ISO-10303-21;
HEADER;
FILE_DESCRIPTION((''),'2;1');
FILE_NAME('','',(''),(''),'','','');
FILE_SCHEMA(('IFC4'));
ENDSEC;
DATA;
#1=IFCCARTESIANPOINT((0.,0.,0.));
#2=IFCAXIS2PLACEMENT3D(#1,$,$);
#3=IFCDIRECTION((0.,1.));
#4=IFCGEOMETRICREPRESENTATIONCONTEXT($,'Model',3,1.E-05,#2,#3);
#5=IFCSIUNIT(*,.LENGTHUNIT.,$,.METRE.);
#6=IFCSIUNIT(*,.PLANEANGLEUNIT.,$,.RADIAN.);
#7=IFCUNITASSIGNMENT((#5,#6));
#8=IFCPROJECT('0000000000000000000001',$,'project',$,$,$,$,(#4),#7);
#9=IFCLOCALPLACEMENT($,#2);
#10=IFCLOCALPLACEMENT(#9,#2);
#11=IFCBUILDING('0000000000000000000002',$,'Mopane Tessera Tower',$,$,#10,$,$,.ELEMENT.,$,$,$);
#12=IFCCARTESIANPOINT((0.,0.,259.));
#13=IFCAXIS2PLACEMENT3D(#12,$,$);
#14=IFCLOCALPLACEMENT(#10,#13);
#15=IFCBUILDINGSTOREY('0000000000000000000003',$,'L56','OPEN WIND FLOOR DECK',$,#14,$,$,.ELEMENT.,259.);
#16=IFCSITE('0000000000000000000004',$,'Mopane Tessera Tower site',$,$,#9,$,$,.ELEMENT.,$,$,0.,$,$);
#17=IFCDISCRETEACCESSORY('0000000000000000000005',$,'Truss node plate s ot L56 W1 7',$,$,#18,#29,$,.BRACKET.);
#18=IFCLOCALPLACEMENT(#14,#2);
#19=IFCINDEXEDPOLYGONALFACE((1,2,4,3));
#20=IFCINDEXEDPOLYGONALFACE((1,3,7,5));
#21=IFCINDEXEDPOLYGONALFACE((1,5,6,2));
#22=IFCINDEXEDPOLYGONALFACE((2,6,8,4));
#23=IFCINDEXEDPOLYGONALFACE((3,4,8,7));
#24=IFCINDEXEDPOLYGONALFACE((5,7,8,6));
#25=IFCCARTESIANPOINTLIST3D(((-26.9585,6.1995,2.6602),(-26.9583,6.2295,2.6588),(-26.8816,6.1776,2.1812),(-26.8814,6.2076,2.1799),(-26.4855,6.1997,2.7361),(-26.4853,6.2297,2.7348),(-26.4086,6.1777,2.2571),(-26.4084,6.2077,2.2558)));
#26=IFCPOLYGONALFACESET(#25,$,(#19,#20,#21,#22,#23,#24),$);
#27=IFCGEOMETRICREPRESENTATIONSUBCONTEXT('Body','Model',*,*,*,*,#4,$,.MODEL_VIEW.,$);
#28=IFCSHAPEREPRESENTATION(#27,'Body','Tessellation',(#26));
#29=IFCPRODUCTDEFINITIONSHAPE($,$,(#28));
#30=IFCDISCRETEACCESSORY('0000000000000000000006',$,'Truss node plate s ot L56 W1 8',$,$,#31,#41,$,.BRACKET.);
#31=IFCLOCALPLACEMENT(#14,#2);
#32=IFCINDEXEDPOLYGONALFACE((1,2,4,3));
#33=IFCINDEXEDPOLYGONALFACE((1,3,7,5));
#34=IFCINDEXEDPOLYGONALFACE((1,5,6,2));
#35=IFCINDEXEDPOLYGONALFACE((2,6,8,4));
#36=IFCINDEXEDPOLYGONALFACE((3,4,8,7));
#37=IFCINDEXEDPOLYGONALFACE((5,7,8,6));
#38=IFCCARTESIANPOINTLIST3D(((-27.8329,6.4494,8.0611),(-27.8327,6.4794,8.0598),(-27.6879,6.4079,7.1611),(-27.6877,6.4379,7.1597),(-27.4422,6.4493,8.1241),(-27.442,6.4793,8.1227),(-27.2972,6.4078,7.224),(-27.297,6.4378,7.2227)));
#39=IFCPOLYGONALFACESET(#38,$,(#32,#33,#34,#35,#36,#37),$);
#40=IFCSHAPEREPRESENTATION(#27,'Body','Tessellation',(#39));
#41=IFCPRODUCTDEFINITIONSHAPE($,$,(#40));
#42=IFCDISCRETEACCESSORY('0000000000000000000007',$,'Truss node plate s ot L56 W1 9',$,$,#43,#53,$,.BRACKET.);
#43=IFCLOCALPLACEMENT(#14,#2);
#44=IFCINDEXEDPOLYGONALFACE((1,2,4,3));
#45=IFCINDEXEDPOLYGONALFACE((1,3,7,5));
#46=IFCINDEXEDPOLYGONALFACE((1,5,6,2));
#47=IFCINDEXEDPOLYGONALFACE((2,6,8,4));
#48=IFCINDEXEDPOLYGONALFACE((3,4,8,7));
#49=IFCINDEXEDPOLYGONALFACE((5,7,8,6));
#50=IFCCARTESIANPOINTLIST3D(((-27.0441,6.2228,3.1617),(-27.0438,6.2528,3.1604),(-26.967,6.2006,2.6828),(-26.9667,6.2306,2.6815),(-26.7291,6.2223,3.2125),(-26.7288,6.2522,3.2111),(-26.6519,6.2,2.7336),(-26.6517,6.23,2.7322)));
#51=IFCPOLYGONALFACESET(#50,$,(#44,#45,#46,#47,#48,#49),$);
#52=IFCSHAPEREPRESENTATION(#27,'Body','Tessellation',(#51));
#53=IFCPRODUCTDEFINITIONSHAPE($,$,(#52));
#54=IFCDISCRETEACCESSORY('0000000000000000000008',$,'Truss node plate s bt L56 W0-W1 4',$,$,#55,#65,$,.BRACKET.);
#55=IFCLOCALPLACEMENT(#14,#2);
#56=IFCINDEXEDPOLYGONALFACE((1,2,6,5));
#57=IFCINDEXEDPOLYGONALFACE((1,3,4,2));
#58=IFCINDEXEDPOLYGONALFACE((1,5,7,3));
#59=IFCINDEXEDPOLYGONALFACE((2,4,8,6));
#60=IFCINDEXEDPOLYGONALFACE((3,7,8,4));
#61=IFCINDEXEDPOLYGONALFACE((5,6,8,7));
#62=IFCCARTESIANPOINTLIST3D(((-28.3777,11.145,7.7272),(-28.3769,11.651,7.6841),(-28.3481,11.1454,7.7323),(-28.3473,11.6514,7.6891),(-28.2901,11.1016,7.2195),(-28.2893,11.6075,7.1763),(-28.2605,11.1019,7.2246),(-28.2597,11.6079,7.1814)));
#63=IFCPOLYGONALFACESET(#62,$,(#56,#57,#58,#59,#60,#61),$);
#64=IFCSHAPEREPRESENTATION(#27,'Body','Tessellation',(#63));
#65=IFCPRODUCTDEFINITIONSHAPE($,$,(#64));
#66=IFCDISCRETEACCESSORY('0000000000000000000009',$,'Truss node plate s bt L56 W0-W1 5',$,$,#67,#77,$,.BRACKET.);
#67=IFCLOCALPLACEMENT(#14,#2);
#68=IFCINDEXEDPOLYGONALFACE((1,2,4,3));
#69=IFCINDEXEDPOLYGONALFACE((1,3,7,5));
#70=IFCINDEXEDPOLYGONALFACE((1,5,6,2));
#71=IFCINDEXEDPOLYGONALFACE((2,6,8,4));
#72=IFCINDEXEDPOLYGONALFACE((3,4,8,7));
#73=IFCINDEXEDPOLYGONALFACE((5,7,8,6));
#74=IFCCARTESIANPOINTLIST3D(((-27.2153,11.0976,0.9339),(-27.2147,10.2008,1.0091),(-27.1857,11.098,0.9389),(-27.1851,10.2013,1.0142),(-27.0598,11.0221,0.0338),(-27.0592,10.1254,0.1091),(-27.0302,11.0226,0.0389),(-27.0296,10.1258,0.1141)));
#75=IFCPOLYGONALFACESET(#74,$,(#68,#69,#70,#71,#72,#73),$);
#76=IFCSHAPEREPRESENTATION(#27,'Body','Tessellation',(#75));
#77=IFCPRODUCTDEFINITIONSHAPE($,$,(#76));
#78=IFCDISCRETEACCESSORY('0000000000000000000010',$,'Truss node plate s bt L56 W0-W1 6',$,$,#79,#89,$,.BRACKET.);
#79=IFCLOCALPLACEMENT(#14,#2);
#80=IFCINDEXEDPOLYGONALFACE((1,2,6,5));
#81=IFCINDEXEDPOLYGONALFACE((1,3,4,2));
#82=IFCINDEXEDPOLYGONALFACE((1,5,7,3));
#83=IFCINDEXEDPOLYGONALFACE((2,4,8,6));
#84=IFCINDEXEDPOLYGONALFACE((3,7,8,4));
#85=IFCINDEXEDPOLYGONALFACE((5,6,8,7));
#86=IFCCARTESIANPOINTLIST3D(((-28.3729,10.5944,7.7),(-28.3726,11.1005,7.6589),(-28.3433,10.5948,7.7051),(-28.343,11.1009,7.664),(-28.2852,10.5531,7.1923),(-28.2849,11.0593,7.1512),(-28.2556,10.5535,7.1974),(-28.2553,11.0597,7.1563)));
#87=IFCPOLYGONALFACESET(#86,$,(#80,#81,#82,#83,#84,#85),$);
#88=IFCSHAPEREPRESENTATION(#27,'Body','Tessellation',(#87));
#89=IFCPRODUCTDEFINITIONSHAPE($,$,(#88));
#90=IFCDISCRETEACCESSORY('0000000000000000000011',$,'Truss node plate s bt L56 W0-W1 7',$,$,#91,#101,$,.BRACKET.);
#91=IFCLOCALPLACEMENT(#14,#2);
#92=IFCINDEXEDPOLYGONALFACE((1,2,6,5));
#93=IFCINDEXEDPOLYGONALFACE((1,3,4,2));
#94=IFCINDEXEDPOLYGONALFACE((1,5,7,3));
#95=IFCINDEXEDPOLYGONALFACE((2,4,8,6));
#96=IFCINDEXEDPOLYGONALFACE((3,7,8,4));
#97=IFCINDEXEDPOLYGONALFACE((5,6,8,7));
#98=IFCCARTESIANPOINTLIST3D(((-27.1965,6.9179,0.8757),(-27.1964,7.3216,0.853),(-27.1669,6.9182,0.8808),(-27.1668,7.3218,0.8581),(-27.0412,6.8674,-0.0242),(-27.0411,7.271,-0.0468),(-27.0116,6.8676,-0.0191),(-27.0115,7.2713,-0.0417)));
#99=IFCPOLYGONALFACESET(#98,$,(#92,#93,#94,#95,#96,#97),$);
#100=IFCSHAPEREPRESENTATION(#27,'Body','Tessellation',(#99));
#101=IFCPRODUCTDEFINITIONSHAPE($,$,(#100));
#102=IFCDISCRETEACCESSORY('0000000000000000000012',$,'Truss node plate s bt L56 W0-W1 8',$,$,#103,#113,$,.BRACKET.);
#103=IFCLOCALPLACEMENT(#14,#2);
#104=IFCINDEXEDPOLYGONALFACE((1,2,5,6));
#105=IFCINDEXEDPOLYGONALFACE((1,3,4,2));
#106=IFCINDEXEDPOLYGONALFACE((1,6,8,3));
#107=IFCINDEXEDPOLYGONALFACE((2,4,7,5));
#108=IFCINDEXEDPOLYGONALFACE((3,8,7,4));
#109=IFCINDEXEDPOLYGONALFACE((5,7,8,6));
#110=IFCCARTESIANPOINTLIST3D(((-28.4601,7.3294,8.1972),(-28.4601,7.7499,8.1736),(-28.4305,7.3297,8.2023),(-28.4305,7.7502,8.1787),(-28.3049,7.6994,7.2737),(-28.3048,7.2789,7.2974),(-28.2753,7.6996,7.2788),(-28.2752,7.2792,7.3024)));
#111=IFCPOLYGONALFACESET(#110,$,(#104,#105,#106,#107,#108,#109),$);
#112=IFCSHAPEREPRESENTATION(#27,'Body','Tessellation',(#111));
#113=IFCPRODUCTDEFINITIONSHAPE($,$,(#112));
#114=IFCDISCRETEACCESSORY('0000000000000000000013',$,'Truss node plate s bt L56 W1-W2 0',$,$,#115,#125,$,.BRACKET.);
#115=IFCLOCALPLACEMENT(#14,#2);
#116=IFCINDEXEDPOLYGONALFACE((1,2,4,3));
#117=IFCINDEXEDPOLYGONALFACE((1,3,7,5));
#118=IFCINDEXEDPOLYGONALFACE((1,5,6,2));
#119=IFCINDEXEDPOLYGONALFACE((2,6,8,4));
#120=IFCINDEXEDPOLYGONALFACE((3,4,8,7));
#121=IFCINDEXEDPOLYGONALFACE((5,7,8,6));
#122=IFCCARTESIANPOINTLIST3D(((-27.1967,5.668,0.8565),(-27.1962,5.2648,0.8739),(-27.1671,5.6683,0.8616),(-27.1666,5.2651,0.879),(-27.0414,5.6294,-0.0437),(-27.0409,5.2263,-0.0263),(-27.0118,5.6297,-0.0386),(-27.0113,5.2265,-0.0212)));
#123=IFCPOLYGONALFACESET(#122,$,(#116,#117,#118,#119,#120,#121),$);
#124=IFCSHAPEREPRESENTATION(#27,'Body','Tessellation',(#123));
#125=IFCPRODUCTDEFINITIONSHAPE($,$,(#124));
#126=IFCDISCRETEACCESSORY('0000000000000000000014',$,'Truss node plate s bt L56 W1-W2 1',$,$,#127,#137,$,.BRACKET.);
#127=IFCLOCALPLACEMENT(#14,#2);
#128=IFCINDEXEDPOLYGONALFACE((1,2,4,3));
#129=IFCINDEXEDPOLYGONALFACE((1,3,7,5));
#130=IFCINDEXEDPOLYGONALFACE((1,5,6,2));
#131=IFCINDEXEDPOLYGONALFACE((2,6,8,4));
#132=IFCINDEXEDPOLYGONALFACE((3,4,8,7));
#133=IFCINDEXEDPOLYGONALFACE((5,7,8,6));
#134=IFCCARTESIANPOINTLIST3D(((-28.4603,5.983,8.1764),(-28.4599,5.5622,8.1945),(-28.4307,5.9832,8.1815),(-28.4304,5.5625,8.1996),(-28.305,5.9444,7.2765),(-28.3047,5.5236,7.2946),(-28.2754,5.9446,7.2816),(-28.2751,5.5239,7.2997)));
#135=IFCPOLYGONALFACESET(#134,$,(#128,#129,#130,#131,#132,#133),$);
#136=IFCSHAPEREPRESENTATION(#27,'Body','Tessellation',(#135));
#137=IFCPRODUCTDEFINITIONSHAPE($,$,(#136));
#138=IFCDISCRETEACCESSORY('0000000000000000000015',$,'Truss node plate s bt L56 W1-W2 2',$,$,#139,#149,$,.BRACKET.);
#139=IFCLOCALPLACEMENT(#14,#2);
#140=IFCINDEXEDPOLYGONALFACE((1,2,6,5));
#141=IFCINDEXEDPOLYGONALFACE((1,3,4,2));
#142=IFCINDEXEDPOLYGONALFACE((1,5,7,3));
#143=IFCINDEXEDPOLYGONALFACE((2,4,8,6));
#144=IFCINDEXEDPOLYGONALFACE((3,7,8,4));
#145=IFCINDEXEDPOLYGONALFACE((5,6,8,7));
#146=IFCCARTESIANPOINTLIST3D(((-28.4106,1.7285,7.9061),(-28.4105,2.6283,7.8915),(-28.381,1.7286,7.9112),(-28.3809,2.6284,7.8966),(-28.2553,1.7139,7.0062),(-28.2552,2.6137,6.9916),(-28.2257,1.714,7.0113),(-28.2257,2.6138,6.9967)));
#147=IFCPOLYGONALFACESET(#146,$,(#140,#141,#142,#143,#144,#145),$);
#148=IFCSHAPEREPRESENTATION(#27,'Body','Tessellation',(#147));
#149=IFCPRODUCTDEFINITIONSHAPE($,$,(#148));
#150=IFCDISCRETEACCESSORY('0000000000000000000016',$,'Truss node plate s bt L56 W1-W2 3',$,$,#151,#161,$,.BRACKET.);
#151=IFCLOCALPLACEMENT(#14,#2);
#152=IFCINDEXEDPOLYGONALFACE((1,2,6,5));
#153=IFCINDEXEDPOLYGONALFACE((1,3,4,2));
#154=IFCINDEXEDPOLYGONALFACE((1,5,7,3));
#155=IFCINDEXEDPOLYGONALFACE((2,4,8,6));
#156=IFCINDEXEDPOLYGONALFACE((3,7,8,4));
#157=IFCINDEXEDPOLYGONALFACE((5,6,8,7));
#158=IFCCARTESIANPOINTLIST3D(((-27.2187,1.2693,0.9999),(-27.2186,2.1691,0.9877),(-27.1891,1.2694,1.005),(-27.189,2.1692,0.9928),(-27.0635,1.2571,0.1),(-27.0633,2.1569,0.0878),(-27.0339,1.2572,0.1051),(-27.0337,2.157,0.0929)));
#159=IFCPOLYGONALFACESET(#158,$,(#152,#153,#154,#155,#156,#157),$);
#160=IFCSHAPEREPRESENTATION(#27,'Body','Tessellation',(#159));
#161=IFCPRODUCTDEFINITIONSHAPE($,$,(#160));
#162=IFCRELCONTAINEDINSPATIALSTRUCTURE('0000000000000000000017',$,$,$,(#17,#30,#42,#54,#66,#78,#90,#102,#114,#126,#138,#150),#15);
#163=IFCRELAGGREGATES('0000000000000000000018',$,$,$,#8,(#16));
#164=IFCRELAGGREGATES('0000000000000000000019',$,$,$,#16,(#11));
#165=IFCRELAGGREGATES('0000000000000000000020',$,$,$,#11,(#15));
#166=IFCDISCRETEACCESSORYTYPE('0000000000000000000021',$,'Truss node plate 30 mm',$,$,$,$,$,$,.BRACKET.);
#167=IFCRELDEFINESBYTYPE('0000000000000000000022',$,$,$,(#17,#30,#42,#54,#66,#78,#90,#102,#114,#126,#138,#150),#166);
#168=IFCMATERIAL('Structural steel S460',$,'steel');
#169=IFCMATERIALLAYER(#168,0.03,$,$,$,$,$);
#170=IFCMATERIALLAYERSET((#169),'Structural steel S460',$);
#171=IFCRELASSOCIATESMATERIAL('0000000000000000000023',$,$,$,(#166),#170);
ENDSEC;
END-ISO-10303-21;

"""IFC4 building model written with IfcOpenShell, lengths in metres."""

from ifc_helpers import new_model, si_unit, direction, frame, origin, origin_2d, place, context, subcontext, project, spatial, rectangle, extrude, material, layer, layer_set, type_object, element, save


model = new_model("IFC4")

# Units and contexts
model_context = context("Model", 3, precision=1e-05, world=origin(), true_north=direction((0.0, 1.0)))
body_context = subcontext(model_context, "Body", "Model", "MODEL_VIEW")
ifc_project = project(units=[si_unit("LENGTHUNIT", "METRE"), si_unit("PLANEANGLEUNIT", "RADIAN")], contexts=[model_context])

# Site, building, storey
site_placement = place(None, origin())
site = spatial("IfcSite", under=ifc_project, at=site_placement, Name="Mopane Tessera Tower site", CompositionType="ELEMENT", RefElevation=0.0)
building_placement = place(site_placement, origin())
building = spatial("IfcBuilding", under=site, at=building_placement, Name="Mopane Tessera Tower", CompositionType="ELEMENT")
storey_placement = place(building_placement, frame((0.0, 0.0, 259.0)))
storey = spatial("IfcBuildingStorey", under=building, at=storey_placement, Name="L56", Description="OPEN WIND FLOOR DECK", CompositionType="ELEMENT", Elevation=259.0)

# Discrete accessories
ifc_material_1 = material(Name="Structural steel S460", Category="steel")
ifc_layer = layer(ifc_material_1, 0.03)
ifc_layer_set = layer_set([ifc_layer], Name="Structural steel S460")
discrete_accessory_type = type_object("IfcDiscreteAccessoryType", Name="Truss node plate 30 mm", PredefinedType="BRACKET", material=ifc_layer_set)
discrete_accessory_1_placement = place(storey_placement, frame((-26.645, 6.1926, 2.2185), z_axis=(-0.158358, 0.045245, 0.986345), x_axis=(-0.006936, -0.998976, 0.044711)))
element("IfcDiscreteAccessory", 1, at=discrete_accessory_1_placement, inside=storey, type_object=discrete_accessory_type, Name="Truss node plate s ot L56 W1 7", PredefinedType="BRACKET", context=body_context, shape_type="SweptSolid", body=[
    extrude(rectangle(XDim=0.03, YDim=0.479, at=origin_2d()), origin(), (0.0, 0.0, 1.0), 0.4856),
])
discrete_accessory_2_placement = place(storey_placement, frame((-27.4924, 6.4229, 7.1919), z_axis=(-0.158891, 0.045474, 0.986248), x_axis=(-0.007433, -0.998966, 0.044863)))
element("IfcDiscreteAccessory", 2, at=discrete_accessory_2_placement, inside=storey, type_object=discrete_accessory_type, Name="Truss node plate s ot L56 W1 8", PredefinedType="BRACKET", context=body_context, shape_type="SweptSolid", body=[
    extrude(rectangle(XDim=0.03, YDim=0.3958, at=origin_2d()), origin(), (0.0, 0.0, 1.0), 0.9126),
])
discrete_accessory_3_placement = place(storey_placement, frame((-26.8093, 6.2153, 2.7075), z_axis=(-0.158844, 0.045743, 0.986243), x_axis=(-0.009098, -0.998952, 0.044867)))
element("IfcDiscreteAccessory", 3, at=discrete_accessory_3_placement, inside=storey, type_object=discrete_accessory_type, Name="Truss node plate s ot L56 W1 9", PredefinedType="BRACKET", context=body_context, shape_type="SweptSolid", body=[
    extrude(rectangle(XDim=0.03, YDim=0.3191, at=origin_2d()), origin(), (0.0, 0.0, 1.0), 0.4856),
])
discrete_accessory_4_placement = place(storey_placement, frame((-28.2749, 11.3547, 7.2004), z_axis=(-0.16948, 0.084032, 0.981945), x_axis=(0.985532, 0.012877, 0.168997)))
element("IfcDiscreteAccessory", 4, at=discrete_accessory_4_placement, inside=storey, type_object=discrete_accessory_type, Name="Truss node plate s bt L56 W0-W1 4", PredefinedType="BRACKET", context=body_context, shape_type="SweptSolid", body=[
    extrude(rectangle(XDim=0.03, YDim=0.5078, at=origin_2d()), origin(), (0.0, 0.0, 1.0), 0.5171),
])
discrete_accessory_5_placement = place(storey_placement, frame((-27.0447, 10.574, 0.074), z_axis=(-0.169669, 0.082304, 0.982058), x_axis=(0.985501, 0.014849, 0.16902)))
element("IfcDiscreteAccessory", 5, at=discrete_accessory_5_placement, inside=storey, type_object=discrete_accessory_type, Name="Truss node plate s bt L56 W0-W1 5", PredefinedType="BRACKET", context=body_context, shape_type="SweptSolid", body=[
    extrude(rectangle(XDim=0.03, YDim=0.8999, at=origin_2d()), origin(), (0.0, 0.0, 1.0), 0.9165),
])
discrete_accessory_6_placement = place(storey_placement, frame((-28.2703, 10.8064, 7.1743), z_axis=(-0.169618, 0.079848, 0.98227), x_axis=(0.98551, 0.013224, 0.169102)))
element("IfcDiscreteAccessory", 6, at=discrete_accessory_6_placement, inside=storey, type_object=discrete_accessory_type, Name="Truss node plate s bt L56 W0-W1 6", PredefinedType="BRACKET", context=body_context, shape_type="SweptSolid", body=[
    extrude(rectangle(XDim=0.03, YDim=0.5078, at=origin_2d()), origin(), (0.0, 0.0, 1.0), 0.5168),
])
discrete_accessory_7_placement = place(storey_placement, frame((-27.0264, 7.0693, -0.033), z_axis=(-0.169772, 0.055256, 0.983933), x_axis=(0.985483, 0.00925, 0.169521)))
element("IfcDiscreteAccessory", 7, at=discrete_accessory_7_placement, inside=storey, type_object=discrete_accessory_type, Name="Truss node plate s bt L56 W0-W1 7", PredefinedType="BRACKET", context=body_context, shape_type="SweptSolid", body=[
    extrude(rectangle(XDim=0.03, YDim=0.4043, at=origin_2d()), origin(), (0.0, 0.0, 1.0), 0.9146),
])
discrete_accessory_8_placement = place(storey_placement, frame((-28.29, 7.4893, 7.2881), z_axis=(-0.169772, 0.055256, 0.983933), x_axis=(0.985483, 0.009605, 0.169501)))
element("IfcDiscreteAccessory", 8, at=discrete_accessory_8_placement, inside=storey, type_object=discrete_accessory_type, Name="Truss node plate s bt L56 W0-W1 8", PredefinedType="BRACKET", context=body_context, shape_type="SweptSolid", body=[
    extrude(rectangle(XDim=0.03, YDim=0.4211, at=origin_2d()), origin(), (0.0, 0.0, 1.0), 0.9146),
])
discrete_accessory_9_placement = place(storey_placement, frame((-27.0264, 5.428, -0.0325), z_axis=(-0.169836, 0.042192, 0.984569), x_axis=(0.985472, 0.008471, 0.169629)))
element("IfcDiscreteAccessory", 9, at=discrete_accessory_9_placement, inside=storey, type_object=discrete_accessory_type, Name="Truss node plate s bt L56 W1-W2 0", PredefinedType="BRACKET", context=body_context, shape_type="SweptSolid", body=[
    extrude(rectangle(XDim=0.03, YDim=0.4036, at=origin_2d()), origin(), (0.0, 0.0, 1.0), 0.9143),
])
discrete_accessory_10_placement = place(storey_placement, frame((-28.29, 5.7341, 7.2881), z_axis=(-0.169881, 0.042203, 0.984561), x_axis=(0.985464, 0.008085, 0.16969)))
element("IfcDiscreteAccessory", 10, at=discrete_accessory_10_placement, inside=storey, type_object=discrete_accessory_type, Name="Truss node plate s bt L56 W1-W2 1", PredefinedType="BRACKET", context=body_context, shape_type="SweptSolid", body=[
    extrude(rectangle(XDim=0.03, YDim=0.4211, at=origin_2d()), origin(), (0.0, 0.0, 1.0), 0.9141),
])
for number, where, z_axis, x_axis, name in (
    (11, (-28.2405, 2.1638, 7.0015), (-0.17001, 0.016039, 0.985312), (0.985442, 0.002697, 0.169989), "Truss node plate s bt L56 W1-W2 2"),
    (12, (-27.0486, 1.707, 0.0964), (-0.170017, 0.013366, 0.98535), (0.985441, 0.002134, 0.170004), "Truss node plate s bt L56 W1-W2 3"),
):
    element("IfcDiscreteAccessory", number, at=place(storey_placement, frame(where, z_axis=z_axis, x_axis=x_axis)), inside=storey, type_object=discrete_accessory_type, Name=name, PredefinedType="BRACKET", context=body_context, shape_type="SweptSolid", body=[
        extrude(rectangle(XDim=0.03, YDim=0.8999, at=origin_2d()), origin(), (0.0, 0.0, 1.0), 0.9133),
    ])

save(model, "model.ifc")
